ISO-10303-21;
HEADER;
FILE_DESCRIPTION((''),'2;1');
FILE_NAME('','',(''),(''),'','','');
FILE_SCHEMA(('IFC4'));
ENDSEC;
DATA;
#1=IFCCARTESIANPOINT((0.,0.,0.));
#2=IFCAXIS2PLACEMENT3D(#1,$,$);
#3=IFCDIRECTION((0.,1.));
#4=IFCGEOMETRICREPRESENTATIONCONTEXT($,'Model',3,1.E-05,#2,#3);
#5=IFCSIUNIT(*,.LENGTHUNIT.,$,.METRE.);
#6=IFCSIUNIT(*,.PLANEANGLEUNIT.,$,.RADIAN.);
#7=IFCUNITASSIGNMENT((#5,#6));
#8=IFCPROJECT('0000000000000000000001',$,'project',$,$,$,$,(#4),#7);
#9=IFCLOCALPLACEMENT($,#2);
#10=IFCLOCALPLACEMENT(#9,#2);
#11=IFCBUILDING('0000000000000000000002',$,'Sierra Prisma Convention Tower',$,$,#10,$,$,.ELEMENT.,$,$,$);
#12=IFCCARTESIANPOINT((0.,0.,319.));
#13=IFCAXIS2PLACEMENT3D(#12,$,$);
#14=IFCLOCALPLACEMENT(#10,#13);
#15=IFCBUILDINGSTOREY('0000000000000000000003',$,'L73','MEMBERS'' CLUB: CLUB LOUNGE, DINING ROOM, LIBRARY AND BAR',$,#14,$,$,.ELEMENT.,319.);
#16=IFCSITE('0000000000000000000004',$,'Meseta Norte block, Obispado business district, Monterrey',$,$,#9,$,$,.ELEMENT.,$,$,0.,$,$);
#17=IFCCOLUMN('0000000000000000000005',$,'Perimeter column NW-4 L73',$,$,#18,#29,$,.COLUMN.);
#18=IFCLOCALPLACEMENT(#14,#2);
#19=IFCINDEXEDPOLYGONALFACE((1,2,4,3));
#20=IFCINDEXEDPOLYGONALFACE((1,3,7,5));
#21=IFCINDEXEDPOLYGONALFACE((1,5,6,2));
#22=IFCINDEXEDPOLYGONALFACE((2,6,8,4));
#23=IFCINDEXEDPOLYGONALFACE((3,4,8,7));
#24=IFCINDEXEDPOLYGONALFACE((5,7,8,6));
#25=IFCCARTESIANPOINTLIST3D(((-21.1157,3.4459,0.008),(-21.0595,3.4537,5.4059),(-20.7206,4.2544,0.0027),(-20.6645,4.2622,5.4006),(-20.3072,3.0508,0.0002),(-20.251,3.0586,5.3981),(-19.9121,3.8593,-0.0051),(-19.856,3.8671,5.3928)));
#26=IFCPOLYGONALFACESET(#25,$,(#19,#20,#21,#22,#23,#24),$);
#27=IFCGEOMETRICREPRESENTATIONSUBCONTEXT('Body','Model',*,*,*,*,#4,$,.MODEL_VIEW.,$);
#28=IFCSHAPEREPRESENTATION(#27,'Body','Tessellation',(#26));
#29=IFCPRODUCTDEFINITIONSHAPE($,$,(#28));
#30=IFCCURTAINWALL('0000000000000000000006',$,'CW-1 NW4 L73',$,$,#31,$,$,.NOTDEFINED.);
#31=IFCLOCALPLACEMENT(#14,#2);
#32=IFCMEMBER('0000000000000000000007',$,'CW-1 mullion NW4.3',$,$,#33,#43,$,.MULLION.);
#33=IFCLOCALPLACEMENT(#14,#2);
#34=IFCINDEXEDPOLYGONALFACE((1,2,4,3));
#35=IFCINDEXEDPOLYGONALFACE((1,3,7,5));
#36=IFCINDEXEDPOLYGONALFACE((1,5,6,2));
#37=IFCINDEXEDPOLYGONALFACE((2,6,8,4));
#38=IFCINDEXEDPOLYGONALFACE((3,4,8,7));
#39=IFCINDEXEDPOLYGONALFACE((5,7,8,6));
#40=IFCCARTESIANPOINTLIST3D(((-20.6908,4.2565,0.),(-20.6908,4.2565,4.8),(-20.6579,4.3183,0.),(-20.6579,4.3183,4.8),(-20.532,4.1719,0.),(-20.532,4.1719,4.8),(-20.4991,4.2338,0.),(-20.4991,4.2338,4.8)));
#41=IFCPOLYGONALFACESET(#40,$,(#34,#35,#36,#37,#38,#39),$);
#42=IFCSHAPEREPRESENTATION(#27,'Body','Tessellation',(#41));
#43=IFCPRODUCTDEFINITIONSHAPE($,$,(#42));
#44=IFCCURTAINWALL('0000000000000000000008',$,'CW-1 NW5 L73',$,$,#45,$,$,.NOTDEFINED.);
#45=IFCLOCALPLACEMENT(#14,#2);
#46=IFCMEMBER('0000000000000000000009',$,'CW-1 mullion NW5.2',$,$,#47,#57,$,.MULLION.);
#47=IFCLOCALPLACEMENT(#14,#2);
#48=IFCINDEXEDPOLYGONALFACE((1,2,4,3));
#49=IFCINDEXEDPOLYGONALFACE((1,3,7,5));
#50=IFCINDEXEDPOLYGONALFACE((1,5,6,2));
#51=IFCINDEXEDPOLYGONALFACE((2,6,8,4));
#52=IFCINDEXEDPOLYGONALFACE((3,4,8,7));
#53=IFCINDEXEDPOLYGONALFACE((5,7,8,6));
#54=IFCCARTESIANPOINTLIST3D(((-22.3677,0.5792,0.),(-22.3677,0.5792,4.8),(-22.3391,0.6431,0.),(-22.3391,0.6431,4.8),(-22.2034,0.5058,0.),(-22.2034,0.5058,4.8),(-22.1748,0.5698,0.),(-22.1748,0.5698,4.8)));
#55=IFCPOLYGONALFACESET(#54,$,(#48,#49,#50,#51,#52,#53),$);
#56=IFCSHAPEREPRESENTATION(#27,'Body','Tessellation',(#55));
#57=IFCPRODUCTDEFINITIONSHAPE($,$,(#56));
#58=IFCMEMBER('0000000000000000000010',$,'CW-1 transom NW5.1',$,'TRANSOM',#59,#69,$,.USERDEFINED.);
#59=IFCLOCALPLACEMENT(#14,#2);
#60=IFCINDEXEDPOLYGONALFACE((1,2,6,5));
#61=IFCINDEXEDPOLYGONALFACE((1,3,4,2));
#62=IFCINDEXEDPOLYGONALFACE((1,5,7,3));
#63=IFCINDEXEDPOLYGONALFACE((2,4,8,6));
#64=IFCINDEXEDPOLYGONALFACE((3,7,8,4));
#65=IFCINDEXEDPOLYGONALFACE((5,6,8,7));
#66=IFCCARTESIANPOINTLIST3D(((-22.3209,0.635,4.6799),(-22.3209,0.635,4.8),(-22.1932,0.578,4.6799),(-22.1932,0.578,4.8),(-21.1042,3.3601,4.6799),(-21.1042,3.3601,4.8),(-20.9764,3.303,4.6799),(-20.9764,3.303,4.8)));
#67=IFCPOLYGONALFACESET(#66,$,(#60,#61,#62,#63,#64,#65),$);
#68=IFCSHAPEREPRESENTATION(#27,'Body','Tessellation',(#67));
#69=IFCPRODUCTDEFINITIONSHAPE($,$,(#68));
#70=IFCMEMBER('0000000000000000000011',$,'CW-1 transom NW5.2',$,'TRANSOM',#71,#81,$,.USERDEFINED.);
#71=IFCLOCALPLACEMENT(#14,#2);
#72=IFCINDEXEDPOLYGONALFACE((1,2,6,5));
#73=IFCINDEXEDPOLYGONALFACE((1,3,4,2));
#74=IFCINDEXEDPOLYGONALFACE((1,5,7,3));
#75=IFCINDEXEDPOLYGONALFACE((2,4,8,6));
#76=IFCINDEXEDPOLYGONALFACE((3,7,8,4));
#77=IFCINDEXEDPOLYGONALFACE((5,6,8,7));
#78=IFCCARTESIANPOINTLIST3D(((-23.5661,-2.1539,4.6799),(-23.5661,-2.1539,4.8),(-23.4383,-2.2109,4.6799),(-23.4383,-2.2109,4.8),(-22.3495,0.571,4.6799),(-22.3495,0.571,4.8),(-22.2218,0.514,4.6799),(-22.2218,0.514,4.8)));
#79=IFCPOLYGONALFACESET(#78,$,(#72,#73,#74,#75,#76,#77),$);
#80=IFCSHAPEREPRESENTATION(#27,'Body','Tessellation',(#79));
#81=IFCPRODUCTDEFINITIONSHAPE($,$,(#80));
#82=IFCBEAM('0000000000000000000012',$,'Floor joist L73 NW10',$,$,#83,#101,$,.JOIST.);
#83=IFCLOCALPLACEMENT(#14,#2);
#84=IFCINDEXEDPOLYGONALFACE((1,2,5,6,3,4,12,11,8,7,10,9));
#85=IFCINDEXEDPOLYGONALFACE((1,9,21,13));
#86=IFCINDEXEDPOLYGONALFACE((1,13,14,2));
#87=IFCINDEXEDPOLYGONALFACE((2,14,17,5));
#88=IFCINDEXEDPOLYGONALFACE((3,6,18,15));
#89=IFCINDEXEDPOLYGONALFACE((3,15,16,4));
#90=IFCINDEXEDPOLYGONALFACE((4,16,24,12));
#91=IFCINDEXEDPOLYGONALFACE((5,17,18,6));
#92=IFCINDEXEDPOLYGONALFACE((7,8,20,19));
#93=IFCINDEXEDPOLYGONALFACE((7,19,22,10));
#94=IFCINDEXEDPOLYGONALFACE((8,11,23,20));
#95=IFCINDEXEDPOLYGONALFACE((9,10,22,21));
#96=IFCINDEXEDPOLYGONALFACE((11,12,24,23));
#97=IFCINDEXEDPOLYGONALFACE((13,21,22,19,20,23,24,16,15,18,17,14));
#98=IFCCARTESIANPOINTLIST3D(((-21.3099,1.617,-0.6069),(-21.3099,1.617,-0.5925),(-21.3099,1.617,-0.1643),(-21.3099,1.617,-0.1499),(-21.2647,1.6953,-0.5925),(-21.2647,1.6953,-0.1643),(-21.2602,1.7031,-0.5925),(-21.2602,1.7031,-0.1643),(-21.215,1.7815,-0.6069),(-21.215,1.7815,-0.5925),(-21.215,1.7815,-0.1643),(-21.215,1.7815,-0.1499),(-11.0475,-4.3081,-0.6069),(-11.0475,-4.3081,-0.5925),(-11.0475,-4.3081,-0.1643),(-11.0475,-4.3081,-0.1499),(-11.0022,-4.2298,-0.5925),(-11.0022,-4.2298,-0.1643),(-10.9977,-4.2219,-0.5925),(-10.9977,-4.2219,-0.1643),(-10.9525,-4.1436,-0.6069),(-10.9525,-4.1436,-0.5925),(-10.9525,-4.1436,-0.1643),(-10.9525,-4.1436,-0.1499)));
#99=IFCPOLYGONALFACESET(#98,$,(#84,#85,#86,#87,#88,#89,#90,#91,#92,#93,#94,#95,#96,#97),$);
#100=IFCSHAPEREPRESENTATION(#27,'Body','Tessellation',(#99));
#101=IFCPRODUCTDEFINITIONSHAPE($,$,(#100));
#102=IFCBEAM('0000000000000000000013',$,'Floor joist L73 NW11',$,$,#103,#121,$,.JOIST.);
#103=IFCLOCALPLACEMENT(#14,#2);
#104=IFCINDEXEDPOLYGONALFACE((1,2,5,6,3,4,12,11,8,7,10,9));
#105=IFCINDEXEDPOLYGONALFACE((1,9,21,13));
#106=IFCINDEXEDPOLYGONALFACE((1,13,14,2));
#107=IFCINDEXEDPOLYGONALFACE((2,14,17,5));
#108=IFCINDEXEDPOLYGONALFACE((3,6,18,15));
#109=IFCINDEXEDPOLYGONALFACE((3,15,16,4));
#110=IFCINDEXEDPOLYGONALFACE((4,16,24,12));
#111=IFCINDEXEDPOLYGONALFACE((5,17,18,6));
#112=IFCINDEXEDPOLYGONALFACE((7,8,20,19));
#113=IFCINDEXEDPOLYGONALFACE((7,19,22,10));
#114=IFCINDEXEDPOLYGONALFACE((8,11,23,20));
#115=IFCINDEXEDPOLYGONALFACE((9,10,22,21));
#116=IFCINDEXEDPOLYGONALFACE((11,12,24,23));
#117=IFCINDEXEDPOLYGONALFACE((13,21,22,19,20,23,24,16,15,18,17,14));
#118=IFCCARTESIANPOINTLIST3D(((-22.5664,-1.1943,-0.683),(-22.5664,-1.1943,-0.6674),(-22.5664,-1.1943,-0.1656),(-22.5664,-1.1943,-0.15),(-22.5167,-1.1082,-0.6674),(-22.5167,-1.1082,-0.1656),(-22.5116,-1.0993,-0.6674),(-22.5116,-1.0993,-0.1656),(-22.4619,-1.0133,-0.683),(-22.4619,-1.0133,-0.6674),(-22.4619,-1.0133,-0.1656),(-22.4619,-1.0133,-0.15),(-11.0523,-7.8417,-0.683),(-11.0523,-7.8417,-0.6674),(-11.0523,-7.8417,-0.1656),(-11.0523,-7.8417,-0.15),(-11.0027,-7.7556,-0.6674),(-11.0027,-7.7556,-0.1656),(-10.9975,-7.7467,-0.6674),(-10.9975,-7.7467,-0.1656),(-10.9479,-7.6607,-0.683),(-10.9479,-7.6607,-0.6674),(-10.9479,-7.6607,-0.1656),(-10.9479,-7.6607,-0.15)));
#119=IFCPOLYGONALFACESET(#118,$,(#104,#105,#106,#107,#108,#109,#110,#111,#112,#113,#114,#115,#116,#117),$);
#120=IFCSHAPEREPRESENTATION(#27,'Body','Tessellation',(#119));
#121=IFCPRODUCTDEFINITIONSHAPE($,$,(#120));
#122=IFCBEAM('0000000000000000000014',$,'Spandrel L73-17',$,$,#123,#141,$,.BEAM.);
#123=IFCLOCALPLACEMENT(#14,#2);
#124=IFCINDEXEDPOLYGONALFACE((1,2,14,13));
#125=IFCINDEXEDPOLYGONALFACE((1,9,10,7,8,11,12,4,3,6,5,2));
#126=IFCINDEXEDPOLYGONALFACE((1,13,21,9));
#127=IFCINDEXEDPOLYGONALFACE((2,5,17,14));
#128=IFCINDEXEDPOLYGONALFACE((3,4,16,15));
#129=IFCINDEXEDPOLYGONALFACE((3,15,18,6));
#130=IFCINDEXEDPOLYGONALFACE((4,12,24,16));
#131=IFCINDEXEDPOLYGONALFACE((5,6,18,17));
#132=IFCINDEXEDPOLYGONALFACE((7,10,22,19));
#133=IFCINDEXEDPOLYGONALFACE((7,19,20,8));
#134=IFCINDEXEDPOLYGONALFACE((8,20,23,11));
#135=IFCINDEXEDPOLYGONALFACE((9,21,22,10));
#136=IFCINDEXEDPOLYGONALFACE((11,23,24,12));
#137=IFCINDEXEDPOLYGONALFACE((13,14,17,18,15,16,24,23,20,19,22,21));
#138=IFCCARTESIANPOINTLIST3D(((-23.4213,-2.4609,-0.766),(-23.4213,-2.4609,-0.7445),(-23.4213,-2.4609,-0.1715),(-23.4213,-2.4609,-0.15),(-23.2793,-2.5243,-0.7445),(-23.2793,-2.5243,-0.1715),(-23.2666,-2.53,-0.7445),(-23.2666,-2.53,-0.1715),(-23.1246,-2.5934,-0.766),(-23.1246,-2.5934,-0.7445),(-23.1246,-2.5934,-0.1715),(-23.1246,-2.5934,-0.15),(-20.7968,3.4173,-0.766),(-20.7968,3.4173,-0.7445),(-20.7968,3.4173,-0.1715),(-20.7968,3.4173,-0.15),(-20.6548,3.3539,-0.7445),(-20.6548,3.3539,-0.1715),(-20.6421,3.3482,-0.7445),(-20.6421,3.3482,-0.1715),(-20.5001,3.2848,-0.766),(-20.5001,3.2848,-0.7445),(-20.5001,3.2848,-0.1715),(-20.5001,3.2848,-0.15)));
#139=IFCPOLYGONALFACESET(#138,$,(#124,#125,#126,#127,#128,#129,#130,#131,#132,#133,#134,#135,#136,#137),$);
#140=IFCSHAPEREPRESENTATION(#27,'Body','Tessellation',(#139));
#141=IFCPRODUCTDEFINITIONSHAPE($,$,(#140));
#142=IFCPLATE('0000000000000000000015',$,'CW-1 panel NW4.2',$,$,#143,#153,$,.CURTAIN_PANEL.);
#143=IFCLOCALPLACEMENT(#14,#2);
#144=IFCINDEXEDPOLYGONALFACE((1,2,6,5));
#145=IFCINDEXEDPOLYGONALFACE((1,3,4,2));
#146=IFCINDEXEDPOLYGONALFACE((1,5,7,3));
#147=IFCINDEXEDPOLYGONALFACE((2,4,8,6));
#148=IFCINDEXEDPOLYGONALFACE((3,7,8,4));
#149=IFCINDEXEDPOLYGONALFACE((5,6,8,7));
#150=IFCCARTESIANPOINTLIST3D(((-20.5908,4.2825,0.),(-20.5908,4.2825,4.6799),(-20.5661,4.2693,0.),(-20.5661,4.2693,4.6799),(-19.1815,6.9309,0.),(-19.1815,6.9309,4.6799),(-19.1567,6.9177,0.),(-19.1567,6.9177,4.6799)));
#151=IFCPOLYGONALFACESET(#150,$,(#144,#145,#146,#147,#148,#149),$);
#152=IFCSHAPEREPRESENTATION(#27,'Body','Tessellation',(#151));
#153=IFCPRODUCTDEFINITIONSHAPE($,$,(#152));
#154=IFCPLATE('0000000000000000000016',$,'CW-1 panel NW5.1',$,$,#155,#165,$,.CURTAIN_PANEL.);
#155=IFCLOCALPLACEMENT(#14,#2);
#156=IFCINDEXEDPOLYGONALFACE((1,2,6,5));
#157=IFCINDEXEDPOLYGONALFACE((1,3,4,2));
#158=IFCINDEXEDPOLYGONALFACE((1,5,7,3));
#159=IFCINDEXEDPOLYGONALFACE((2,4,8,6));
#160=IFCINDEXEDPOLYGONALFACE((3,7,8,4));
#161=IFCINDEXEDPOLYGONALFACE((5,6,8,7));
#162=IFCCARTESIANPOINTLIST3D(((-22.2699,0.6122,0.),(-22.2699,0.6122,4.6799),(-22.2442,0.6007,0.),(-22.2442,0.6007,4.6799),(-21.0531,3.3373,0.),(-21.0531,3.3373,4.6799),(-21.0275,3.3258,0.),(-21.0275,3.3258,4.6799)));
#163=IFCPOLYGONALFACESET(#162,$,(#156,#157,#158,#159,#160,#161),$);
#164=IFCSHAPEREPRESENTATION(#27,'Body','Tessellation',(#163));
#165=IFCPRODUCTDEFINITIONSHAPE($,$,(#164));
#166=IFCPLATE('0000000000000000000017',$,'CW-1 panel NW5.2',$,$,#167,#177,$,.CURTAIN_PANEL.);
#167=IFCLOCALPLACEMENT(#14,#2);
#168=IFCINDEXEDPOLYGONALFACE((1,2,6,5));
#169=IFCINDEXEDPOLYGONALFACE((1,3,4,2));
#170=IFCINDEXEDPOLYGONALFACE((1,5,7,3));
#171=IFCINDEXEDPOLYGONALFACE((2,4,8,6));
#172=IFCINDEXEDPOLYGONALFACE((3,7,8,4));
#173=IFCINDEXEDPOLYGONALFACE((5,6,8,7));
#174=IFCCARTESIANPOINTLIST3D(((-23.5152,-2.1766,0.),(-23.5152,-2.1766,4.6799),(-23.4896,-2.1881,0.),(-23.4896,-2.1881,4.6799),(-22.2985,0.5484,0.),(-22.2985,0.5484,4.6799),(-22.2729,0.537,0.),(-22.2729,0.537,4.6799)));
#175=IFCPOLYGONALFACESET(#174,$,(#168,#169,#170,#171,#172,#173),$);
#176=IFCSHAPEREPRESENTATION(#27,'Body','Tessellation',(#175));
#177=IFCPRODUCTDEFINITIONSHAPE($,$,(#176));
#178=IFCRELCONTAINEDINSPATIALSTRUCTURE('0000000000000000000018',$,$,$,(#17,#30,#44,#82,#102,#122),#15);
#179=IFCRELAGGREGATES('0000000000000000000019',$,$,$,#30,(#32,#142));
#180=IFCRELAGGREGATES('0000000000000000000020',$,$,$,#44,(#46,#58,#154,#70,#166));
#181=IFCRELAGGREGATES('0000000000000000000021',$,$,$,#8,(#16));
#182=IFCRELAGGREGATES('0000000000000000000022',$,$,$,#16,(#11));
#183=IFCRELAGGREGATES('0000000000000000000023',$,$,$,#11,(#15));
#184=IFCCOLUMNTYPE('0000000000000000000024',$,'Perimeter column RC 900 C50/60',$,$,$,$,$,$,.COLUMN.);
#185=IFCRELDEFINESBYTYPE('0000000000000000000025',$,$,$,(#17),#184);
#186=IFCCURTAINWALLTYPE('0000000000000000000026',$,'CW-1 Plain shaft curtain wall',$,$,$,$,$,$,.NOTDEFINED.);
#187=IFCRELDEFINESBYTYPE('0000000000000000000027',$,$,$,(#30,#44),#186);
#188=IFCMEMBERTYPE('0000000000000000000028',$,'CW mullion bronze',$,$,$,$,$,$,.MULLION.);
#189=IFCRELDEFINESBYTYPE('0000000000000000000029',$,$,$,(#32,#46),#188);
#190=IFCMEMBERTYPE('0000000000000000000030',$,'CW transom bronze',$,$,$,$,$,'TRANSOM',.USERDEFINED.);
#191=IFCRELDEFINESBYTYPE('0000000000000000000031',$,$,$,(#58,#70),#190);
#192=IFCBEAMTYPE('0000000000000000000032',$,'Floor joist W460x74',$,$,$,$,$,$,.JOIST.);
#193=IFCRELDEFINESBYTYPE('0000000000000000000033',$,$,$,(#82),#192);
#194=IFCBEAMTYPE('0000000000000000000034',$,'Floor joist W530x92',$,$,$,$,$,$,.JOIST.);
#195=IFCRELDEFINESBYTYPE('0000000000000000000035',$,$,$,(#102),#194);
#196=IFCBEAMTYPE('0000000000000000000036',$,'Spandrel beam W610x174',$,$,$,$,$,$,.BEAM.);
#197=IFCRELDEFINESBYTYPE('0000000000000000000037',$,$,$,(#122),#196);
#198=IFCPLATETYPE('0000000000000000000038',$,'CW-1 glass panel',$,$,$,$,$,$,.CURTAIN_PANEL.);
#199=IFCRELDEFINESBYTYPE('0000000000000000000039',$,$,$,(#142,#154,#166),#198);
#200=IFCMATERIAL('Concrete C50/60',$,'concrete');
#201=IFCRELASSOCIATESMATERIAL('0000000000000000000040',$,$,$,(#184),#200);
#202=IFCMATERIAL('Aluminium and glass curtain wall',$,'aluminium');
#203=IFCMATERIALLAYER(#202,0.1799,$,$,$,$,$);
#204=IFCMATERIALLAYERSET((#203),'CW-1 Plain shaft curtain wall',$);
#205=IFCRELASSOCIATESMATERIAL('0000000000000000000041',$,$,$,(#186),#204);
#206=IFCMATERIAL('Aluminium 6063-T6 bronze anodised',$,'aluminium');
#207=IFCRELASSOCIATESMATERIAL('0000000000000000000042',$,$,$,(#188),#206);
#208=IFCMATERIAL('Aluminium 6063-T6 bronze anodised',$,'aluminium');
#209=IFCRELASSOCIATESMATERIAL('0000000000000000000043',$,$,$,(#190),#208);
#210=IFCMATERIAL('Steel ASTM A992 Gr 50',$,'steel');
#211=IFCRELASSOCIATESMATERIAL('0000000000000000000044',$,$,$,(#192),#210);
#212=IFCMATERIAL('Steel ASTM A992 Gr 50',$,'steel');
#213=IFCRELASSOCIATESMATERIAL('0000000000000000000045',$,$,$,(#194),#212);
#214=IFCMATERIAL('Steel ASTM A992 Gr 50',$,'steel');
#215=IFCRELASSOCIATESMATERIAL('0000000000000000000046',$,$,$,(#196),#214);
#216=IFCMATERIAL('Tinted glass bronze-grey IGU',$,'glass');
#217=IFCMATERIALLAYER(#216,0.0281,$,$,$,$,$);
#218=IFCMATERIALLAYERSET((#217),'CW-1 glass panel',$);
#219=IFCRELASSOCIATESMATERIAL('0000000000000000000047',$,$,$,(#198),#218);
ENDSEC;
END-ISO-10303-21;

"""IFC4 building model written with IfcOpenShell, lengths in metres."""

from ifc_helpers import new_model, si_unit, direction, frame, origin, origin_2d, place, context, subcontext, project, spatial, rectangle, i_section, extrude, clip, halfspace, material, layer, layer_set, material_profile, profile_set, type_object, element, aggregate, save


model = new_model("IFC4")

# Units and contexts
model_context = context("Model", 3, precision=1e-05, world=origin(), true_north=direction((0.0, 1.0)))
body_context = subcontext(model_context, "Body", "Model", "MODEL_VIEW")
ifc_project = project(units=[si_unit("LENGTHUNIT", "METRE"), si_unit("PLANEANGLEUNIT", "RADIAN")], contexts=[model_context])

# Site, building, storey
site_placement = place(None, origin())
site = spatial("IfcSite", under=ifc_project, at=site_placement, Name="Meseta Norte block, Obispado business district, Monterrey", CompositionType="ELEMENT", RefElevation=0.0)
building_placement = place(site_placement, origin())
building = spatial("IfcBuilding", under=site, at=building_placement, Name="Sierra Prisma Convention Tower", CompositionType="ELEMENT")
storey_placement = place(building_placement, frame((0.0, 0.0, 319.0)))
storey = spatial("IfcBuildingStorey", under=building, at=storey_placement, Name="L73", Description="MEMBERS' CLUB: CLUB LOUNGE, DINING ROOM, LIBRARY AND BAR", CompositionType="ELEMENT", Elevation=319.0)

# Column
ifc_material_1 = material(Name="Concrete C50/60", Category="concrete")
ifc_material_profile_1 = material_profile(ifc_material_1, rectangle(XDim=0.8999, YDim=0.8999, at=origin_2d()), Name="Perimeter column RC 900 C50/60")
ifc_profile_set_1 = profile_set([ifc_material_profile_1], Name="Concrete C50/60")
column_type = type_object("IfcColumnType", Name="Perimeter column RC 900 C50/60", PredefinedType="COLUMN", material=ifc_profile_set_1)
column_placement = place(storey_placement, frame((-20.5139, 3.6526, 0.0), z_axis=(0.010398, 0.001447, 0.999945), x_axis=(0.438975, 0.89848, -0.005865)))
element("IfcColumn", 1, at=column_placement, inside=storey, type_object=column_type, Name="Perimeter column NW-4 L73", PredefinedType="COLUMN", context=body_context, shape_type="SweptSolid", body=[
    clip(clip(extrude(rectangle(XDim=0.8999, YDim=0.8999, at=origin_2d()), origin(), (0.0, 0.0, 1.0), 5.4001), halfspace(frame((0.0, 0.0, 0.0015)), True)), halfspace(frame((0.0, 0.0, 5.3997)), False)),
])

# Curtain wall, member
ifc_material_2 = material(Name="Aluminium and glass curtain wall", Category="aluminium")
ifc_layer_1 = layer(ifc_material_2, 0.1799)
ifc_layer_set_1 = layer_set([ifc_layer_1], Name="CW-1 Plain shaft curtain wall")
curtain_wall_type = type_object("IfcCurtainWallType", Name="CW-1 Plain shaft curtain wall", PredefinedType="NOTDEFINED", material=ifc_layer_set_1)
curtain_wall_1_placement = place(storey_placement, origin())
curtain_wall_1 = element("IfcCurtainWall", 2, at=curtain_wall_1_placement, inside=storey, type_object=curtain_wall_type, Name="CW-1 NW4 L73", PredefinedType="NOTDEFINED")
ifc_material_3 = material(Name="Aluminium 6063-T6 bronze anodised", Category="aluminium")
ifc_material_profile_2 = material_profile(ifc_material_3, rectangle(XDim=0.1799, YDim=0.0701, at=origin_2d()), Name="ALU MULLION 70x180")
ifc_profile_set_2 = profile_set([ifc_material_profile_2], Name="Aluminium 6063-T6 bronze anodised")
member_type_1 = type_object("IfcMemberType", Name="CW mullion bronze", PredefinedType="MULLION", material=ifc_profile_set_2)
member_1_placement = place(storey_placement, frame((-20.595, 4.2451, 0.0), z_axis=(0.0, 0.0, 1.0), x_axis=(0.882784, -0.46978, 0.0)))
member_1 = element("IfcMember", 3, at=member_1_placement, type_object=member_type_1, Name="CW-1 mullion NW4.3", PredefinedType="MULLION", context=body_context, shape_type="SweptSolid", body=[
    extrude(rectangle(XDim=0.1799, YDim=0.0701, at=origin_2d()), origin(), (0.0, 0.0, 1.0), 4.8),
])

# Curtain wall, members
curtain_wall_2_placement = place(storey_placement, origin())
curtain_wall_2 = element("IfcCurtainWall", 4, at=curtain_wall_2_placement, inside=storey, type_object=curtain_wall_type, Name="CW-1 NW5 L73", PredefinedType="NOTDEFINED")
member_2_placement = place(storey_placement, frame((-22.2712, 0.5745, 0.0), z_axis=(0.0, 0.0, 1.0), x_axis=(0.913119, -0.407693, 0.0)))
member_2 = element("IfcMember", 5, at=member_2_placement, type_object=member_type_1, Name="CW-1 mullion NW5.2", PredefinedType="MULLION", context=body_context, shape_type="SweptSolid", body=[
    extrude(rectangle(XDim=0.1799, YDim=0.0701, at=origin_2d()), origin(), (0.0, 0.0, 1.0), 4.8),
])
ifc_material_4 = material(Name="Aluminium 6063-T6 bronze anodised", Category="aluminium")
ifc_material_profile_3 = material_profile(ifc_material_4, rectangle(XDim=0.1399, YDim=0.1201, at=origin_2d()), Name="ALU TRANSOM 120x140")
ifc_profile_set_3 = profile_set([ifc_material_profile_3], Name="Aluminium 6063-T6 bronze anodised")
member_type_2 = type_object("IfcMemberType", Name="CW transom bronze", ElementType="TRANSOM", PredefinedType="USERDEFINED", material=ifc_profile_set_3)
member_3_placement = place(storey_placement, frame((-21.0403, 3.3315, 4.74), z_axis=(-0.407717, -0.913109, 0.0), x_axis=(0.913109, -0.407717, 0.0)))
member_3 = element("IfcMember", 6, at=member_3_placement, type_object=member_type_2, Name="CW-1 transom NW5.1", ObjectType="TRANSOM", PredefinedType="USERDEFINED", context=body_context, shape_type="SweptSolid", body=[
    extrude(rectangle(XDim=0.1399, YDim=0.1201, at=origin_2d()), origin(), (0.0, 0.0, 1.0), 2.9844),
])
member_4_placement = place(storey_placement, frame((-22.2856, 0.5425, 4.74), z_axis=(-0.407679, -0.913125, 0.0), x_axis=(0.913125, -0.407679, 0.0)))
member_4 = element("IfcMember", 7, at=member_4_placement, type_object=member_type_2, Name="CW-1 transom NW5.2", ObjectType="TRANSOM", PredefinedType="USERDEFINED", context=body_context, shape_type="SweptSolid", body=[
    extrude(rectangle(XDim=0.1399, YDim=0.1201, at=origin_2d()), origin(), (0.0, 0.0, 1.0), 2.9841),
])

# Beams
ifc_material_5 = material(Name="Steel ASTM A992 Gr 50", Category="steel")
ifc_material_profile_4 = material_profile(ifc_material_5, i_section(OverallWidth=0.1899, OverallDepth=0.457, WebThickness=0.009, FlangeThickness=0.0144, at=origin_2d()), Name="W460x74")
ifc_profile_set_4 = profile_set([ifc_material_profile_4], Name="Steel ASTM A992 Gr 50")
beam_type_1 = type_object("IfcBeamType", Name="Floor joist W460x74", PredefinedType="JOIST", material=ifc_profile_set_4)
beam_1_placement = place(storey_placement, frame((-21.2625, 1.6992, -0.3784), z_axis=(0.866025, -0.500001, 0.0), x_axis=(0.500001, 0.866025, 0.0)))
element("IfcBeam", 8, at=beam_1_placement, inside=storey, type_object=beam_type_1, Name="Floor joist L73 NW10", PredefinedType="JOIST", context=body_context, shape_type="SweptSolid", body=[
    extrude(i_section(OverallWidth=0.1899, OverallDepth=0.457, WebThickness=0.009, FlangeThickness=0.0144, at=origin_2d()), origin(), (0.0, 0.0, 1.0), 11.8501),
])
ifc_material_6 = material(Name="Steel ASTM A992 Gr 50", Category="steel")
ifc_material_profile_5 = material_profile(ifc_material_6, i_section(OverallWidth=0.209, OverallDepth=0.533, WebThickness=0.0103, FlangeThickness=0.0156, at=origin_2d()), Name="W530x92")
ifc_profile_set_5 = profile_set([ifc_material_profile_5], Name="Steel ASTM A992 Gr 50")
beam_type_2 = type_object("IfcBeamType", Name="Floor joist W530x92", PredefinedType="JOIST", material=ifc_profile_set_5)
beam_2_placement = place(storey_placement, frame((-22.5142, -1.1038, -0.4165), z_axis=(0.866033, -0.499986, 0.0), x_axis=(0.499986, 0.866033, 0.0)))
element("IfcBeam", 9, at=beam_2_placement, inside=storey, type_object=beam_type_2, Name="Floor joist L73 NW11", PredefinedType="JOIST", context=body_context, shape_type="SweptSolid", body=[
    extrude(i_section(OverallWidth=0.209, OverallDepth=0.533, WebThickness=0.0103, FlangeThickness=0.0156, at=origin_2d()), origin(), (0.0, 0.0, 1.0), 13.2952),
])
ifc_material_7 = material(Name="Steel ASTM A992 Gr 50", Category="steel")
ifc_material_profile_6 = material_profile(ifc_material_7, i_section(OverallWidth=0.325, OverallDepth=0.616, WebThickness=0.0139, FlangeThickness=0.0215, at=origin_2d()), Name="W610x174")
ifc_profile_set_6 = profile_set([ifc_material_profile_6], Name="Steel ASTM A992 Gr 50")
beam_type_3 = type_object("IfcBeamType", Name="Spandrel beam W610x174", PredefinedType="BEAM", material=ifc_profile_set_6)
beam_3_placement = place(storey_placement, frame((-20.6484, 3.3511, -0.458), z_axis=(-0.407693, -0.913119, 0.0), x_axis=(0.913119, -0.407693, 0.0)))
element("IfcBeam", 10, at=beam_3_placement, inside=storey, type_object=beam_type_3, Name="Spandrel L73-17", PredefinedType="BEAM", context=body_context, shape_type="SweptSolid", body=[
    extrude(i_section(OverallWidth=0.325, OverallDepth=0.616, WebThickness=0.0139, FlangeThickness=0.0215, at=origin_2d()), origin(), (0.0, 0.0, 1.0), 6.4375),
])

# Plates
ifc_material_8 = material(Name="Tinted glass bronze-grey IGU", Category="glass")
ifc_layer_2 = layer(ifc_material_8, 0.0281)
ifc_layer_set_2 = layer_set([ifc_layer_2], Name="CW-1 glass panel")
plate_type = type_object("IfcPlateType", Name="CW-1 glass panel", PredefinedType="CURTAIN_PANEL", material=ifc_layer_set_2)
plate_1_placement = place(storey_placement, frame((-19.8738, 5.6001, 0.0), z_axis=(0.0, 0.0, 1.0), x_axis=(-0.46978, -0.882784, 0.0)))
plate_1 = element("IfcPlate", 11, at=plate_1_placement, type_object=plate_type, Name="CW-1 panel NW4.2", PredefinedType="CURTAIN_PANEL", context=body_context, shape_type="SweptSolid", body=[
    extrude(rectangle(XDim=3.0, YDim=0.0281, at=origin_2d()), origin(), (0.0, 0.0, 1.0), 4.6799),
])
aggregate(curtain_wall_1, [member_1, plate_1])
plate_2_placement = place(storey_placement, frame((-21.6487, 1.969, 0.0), z_axis=(0.0, 0.0, 1.0), x_axis=(-0.407693, -0.913119, 0.0)))
plate_2 = element("IfcPlate", 12, at=plate_2_placement, type_object=plate_type, Name="CW-1 panel NW5.1", PredefinedType="CURTAIN_PANEL", context=body_context, shape_type="SweptSolid", body=[
    extrude(rectangle(XDim=2.9844, YDim=0.0281, at=origin_2d()), origin(), (0.0, 0.0, 1.0), 4.6799),
])
plate_3_placement = place(storey_placement, frame((-22.894, -0.8198, 0.0), z_axis=(0.0, 0.0, 1.0), x_axis=(-0.407693, -0.913119, 0.0)))
plate_3 = element("IfcPlate", 13, at=plate_3_placement, type_object=plate_type, Name="CW-1 panel NW5.2", PredefinedType="CURTAIN_PANEL", context=body_context, shape_type="SweptSolid", body=[
    extrude(rectangle(XDim=2.9844, YDim=0.0281, at=origin_2d()), origin(), (0.0, 0.0, 1.0), 4.6799),
])
aggregate(curtain_wall_2, [member_2, member_3, plate_2, member_4, plate_3])

save(model, "model.ifc")
